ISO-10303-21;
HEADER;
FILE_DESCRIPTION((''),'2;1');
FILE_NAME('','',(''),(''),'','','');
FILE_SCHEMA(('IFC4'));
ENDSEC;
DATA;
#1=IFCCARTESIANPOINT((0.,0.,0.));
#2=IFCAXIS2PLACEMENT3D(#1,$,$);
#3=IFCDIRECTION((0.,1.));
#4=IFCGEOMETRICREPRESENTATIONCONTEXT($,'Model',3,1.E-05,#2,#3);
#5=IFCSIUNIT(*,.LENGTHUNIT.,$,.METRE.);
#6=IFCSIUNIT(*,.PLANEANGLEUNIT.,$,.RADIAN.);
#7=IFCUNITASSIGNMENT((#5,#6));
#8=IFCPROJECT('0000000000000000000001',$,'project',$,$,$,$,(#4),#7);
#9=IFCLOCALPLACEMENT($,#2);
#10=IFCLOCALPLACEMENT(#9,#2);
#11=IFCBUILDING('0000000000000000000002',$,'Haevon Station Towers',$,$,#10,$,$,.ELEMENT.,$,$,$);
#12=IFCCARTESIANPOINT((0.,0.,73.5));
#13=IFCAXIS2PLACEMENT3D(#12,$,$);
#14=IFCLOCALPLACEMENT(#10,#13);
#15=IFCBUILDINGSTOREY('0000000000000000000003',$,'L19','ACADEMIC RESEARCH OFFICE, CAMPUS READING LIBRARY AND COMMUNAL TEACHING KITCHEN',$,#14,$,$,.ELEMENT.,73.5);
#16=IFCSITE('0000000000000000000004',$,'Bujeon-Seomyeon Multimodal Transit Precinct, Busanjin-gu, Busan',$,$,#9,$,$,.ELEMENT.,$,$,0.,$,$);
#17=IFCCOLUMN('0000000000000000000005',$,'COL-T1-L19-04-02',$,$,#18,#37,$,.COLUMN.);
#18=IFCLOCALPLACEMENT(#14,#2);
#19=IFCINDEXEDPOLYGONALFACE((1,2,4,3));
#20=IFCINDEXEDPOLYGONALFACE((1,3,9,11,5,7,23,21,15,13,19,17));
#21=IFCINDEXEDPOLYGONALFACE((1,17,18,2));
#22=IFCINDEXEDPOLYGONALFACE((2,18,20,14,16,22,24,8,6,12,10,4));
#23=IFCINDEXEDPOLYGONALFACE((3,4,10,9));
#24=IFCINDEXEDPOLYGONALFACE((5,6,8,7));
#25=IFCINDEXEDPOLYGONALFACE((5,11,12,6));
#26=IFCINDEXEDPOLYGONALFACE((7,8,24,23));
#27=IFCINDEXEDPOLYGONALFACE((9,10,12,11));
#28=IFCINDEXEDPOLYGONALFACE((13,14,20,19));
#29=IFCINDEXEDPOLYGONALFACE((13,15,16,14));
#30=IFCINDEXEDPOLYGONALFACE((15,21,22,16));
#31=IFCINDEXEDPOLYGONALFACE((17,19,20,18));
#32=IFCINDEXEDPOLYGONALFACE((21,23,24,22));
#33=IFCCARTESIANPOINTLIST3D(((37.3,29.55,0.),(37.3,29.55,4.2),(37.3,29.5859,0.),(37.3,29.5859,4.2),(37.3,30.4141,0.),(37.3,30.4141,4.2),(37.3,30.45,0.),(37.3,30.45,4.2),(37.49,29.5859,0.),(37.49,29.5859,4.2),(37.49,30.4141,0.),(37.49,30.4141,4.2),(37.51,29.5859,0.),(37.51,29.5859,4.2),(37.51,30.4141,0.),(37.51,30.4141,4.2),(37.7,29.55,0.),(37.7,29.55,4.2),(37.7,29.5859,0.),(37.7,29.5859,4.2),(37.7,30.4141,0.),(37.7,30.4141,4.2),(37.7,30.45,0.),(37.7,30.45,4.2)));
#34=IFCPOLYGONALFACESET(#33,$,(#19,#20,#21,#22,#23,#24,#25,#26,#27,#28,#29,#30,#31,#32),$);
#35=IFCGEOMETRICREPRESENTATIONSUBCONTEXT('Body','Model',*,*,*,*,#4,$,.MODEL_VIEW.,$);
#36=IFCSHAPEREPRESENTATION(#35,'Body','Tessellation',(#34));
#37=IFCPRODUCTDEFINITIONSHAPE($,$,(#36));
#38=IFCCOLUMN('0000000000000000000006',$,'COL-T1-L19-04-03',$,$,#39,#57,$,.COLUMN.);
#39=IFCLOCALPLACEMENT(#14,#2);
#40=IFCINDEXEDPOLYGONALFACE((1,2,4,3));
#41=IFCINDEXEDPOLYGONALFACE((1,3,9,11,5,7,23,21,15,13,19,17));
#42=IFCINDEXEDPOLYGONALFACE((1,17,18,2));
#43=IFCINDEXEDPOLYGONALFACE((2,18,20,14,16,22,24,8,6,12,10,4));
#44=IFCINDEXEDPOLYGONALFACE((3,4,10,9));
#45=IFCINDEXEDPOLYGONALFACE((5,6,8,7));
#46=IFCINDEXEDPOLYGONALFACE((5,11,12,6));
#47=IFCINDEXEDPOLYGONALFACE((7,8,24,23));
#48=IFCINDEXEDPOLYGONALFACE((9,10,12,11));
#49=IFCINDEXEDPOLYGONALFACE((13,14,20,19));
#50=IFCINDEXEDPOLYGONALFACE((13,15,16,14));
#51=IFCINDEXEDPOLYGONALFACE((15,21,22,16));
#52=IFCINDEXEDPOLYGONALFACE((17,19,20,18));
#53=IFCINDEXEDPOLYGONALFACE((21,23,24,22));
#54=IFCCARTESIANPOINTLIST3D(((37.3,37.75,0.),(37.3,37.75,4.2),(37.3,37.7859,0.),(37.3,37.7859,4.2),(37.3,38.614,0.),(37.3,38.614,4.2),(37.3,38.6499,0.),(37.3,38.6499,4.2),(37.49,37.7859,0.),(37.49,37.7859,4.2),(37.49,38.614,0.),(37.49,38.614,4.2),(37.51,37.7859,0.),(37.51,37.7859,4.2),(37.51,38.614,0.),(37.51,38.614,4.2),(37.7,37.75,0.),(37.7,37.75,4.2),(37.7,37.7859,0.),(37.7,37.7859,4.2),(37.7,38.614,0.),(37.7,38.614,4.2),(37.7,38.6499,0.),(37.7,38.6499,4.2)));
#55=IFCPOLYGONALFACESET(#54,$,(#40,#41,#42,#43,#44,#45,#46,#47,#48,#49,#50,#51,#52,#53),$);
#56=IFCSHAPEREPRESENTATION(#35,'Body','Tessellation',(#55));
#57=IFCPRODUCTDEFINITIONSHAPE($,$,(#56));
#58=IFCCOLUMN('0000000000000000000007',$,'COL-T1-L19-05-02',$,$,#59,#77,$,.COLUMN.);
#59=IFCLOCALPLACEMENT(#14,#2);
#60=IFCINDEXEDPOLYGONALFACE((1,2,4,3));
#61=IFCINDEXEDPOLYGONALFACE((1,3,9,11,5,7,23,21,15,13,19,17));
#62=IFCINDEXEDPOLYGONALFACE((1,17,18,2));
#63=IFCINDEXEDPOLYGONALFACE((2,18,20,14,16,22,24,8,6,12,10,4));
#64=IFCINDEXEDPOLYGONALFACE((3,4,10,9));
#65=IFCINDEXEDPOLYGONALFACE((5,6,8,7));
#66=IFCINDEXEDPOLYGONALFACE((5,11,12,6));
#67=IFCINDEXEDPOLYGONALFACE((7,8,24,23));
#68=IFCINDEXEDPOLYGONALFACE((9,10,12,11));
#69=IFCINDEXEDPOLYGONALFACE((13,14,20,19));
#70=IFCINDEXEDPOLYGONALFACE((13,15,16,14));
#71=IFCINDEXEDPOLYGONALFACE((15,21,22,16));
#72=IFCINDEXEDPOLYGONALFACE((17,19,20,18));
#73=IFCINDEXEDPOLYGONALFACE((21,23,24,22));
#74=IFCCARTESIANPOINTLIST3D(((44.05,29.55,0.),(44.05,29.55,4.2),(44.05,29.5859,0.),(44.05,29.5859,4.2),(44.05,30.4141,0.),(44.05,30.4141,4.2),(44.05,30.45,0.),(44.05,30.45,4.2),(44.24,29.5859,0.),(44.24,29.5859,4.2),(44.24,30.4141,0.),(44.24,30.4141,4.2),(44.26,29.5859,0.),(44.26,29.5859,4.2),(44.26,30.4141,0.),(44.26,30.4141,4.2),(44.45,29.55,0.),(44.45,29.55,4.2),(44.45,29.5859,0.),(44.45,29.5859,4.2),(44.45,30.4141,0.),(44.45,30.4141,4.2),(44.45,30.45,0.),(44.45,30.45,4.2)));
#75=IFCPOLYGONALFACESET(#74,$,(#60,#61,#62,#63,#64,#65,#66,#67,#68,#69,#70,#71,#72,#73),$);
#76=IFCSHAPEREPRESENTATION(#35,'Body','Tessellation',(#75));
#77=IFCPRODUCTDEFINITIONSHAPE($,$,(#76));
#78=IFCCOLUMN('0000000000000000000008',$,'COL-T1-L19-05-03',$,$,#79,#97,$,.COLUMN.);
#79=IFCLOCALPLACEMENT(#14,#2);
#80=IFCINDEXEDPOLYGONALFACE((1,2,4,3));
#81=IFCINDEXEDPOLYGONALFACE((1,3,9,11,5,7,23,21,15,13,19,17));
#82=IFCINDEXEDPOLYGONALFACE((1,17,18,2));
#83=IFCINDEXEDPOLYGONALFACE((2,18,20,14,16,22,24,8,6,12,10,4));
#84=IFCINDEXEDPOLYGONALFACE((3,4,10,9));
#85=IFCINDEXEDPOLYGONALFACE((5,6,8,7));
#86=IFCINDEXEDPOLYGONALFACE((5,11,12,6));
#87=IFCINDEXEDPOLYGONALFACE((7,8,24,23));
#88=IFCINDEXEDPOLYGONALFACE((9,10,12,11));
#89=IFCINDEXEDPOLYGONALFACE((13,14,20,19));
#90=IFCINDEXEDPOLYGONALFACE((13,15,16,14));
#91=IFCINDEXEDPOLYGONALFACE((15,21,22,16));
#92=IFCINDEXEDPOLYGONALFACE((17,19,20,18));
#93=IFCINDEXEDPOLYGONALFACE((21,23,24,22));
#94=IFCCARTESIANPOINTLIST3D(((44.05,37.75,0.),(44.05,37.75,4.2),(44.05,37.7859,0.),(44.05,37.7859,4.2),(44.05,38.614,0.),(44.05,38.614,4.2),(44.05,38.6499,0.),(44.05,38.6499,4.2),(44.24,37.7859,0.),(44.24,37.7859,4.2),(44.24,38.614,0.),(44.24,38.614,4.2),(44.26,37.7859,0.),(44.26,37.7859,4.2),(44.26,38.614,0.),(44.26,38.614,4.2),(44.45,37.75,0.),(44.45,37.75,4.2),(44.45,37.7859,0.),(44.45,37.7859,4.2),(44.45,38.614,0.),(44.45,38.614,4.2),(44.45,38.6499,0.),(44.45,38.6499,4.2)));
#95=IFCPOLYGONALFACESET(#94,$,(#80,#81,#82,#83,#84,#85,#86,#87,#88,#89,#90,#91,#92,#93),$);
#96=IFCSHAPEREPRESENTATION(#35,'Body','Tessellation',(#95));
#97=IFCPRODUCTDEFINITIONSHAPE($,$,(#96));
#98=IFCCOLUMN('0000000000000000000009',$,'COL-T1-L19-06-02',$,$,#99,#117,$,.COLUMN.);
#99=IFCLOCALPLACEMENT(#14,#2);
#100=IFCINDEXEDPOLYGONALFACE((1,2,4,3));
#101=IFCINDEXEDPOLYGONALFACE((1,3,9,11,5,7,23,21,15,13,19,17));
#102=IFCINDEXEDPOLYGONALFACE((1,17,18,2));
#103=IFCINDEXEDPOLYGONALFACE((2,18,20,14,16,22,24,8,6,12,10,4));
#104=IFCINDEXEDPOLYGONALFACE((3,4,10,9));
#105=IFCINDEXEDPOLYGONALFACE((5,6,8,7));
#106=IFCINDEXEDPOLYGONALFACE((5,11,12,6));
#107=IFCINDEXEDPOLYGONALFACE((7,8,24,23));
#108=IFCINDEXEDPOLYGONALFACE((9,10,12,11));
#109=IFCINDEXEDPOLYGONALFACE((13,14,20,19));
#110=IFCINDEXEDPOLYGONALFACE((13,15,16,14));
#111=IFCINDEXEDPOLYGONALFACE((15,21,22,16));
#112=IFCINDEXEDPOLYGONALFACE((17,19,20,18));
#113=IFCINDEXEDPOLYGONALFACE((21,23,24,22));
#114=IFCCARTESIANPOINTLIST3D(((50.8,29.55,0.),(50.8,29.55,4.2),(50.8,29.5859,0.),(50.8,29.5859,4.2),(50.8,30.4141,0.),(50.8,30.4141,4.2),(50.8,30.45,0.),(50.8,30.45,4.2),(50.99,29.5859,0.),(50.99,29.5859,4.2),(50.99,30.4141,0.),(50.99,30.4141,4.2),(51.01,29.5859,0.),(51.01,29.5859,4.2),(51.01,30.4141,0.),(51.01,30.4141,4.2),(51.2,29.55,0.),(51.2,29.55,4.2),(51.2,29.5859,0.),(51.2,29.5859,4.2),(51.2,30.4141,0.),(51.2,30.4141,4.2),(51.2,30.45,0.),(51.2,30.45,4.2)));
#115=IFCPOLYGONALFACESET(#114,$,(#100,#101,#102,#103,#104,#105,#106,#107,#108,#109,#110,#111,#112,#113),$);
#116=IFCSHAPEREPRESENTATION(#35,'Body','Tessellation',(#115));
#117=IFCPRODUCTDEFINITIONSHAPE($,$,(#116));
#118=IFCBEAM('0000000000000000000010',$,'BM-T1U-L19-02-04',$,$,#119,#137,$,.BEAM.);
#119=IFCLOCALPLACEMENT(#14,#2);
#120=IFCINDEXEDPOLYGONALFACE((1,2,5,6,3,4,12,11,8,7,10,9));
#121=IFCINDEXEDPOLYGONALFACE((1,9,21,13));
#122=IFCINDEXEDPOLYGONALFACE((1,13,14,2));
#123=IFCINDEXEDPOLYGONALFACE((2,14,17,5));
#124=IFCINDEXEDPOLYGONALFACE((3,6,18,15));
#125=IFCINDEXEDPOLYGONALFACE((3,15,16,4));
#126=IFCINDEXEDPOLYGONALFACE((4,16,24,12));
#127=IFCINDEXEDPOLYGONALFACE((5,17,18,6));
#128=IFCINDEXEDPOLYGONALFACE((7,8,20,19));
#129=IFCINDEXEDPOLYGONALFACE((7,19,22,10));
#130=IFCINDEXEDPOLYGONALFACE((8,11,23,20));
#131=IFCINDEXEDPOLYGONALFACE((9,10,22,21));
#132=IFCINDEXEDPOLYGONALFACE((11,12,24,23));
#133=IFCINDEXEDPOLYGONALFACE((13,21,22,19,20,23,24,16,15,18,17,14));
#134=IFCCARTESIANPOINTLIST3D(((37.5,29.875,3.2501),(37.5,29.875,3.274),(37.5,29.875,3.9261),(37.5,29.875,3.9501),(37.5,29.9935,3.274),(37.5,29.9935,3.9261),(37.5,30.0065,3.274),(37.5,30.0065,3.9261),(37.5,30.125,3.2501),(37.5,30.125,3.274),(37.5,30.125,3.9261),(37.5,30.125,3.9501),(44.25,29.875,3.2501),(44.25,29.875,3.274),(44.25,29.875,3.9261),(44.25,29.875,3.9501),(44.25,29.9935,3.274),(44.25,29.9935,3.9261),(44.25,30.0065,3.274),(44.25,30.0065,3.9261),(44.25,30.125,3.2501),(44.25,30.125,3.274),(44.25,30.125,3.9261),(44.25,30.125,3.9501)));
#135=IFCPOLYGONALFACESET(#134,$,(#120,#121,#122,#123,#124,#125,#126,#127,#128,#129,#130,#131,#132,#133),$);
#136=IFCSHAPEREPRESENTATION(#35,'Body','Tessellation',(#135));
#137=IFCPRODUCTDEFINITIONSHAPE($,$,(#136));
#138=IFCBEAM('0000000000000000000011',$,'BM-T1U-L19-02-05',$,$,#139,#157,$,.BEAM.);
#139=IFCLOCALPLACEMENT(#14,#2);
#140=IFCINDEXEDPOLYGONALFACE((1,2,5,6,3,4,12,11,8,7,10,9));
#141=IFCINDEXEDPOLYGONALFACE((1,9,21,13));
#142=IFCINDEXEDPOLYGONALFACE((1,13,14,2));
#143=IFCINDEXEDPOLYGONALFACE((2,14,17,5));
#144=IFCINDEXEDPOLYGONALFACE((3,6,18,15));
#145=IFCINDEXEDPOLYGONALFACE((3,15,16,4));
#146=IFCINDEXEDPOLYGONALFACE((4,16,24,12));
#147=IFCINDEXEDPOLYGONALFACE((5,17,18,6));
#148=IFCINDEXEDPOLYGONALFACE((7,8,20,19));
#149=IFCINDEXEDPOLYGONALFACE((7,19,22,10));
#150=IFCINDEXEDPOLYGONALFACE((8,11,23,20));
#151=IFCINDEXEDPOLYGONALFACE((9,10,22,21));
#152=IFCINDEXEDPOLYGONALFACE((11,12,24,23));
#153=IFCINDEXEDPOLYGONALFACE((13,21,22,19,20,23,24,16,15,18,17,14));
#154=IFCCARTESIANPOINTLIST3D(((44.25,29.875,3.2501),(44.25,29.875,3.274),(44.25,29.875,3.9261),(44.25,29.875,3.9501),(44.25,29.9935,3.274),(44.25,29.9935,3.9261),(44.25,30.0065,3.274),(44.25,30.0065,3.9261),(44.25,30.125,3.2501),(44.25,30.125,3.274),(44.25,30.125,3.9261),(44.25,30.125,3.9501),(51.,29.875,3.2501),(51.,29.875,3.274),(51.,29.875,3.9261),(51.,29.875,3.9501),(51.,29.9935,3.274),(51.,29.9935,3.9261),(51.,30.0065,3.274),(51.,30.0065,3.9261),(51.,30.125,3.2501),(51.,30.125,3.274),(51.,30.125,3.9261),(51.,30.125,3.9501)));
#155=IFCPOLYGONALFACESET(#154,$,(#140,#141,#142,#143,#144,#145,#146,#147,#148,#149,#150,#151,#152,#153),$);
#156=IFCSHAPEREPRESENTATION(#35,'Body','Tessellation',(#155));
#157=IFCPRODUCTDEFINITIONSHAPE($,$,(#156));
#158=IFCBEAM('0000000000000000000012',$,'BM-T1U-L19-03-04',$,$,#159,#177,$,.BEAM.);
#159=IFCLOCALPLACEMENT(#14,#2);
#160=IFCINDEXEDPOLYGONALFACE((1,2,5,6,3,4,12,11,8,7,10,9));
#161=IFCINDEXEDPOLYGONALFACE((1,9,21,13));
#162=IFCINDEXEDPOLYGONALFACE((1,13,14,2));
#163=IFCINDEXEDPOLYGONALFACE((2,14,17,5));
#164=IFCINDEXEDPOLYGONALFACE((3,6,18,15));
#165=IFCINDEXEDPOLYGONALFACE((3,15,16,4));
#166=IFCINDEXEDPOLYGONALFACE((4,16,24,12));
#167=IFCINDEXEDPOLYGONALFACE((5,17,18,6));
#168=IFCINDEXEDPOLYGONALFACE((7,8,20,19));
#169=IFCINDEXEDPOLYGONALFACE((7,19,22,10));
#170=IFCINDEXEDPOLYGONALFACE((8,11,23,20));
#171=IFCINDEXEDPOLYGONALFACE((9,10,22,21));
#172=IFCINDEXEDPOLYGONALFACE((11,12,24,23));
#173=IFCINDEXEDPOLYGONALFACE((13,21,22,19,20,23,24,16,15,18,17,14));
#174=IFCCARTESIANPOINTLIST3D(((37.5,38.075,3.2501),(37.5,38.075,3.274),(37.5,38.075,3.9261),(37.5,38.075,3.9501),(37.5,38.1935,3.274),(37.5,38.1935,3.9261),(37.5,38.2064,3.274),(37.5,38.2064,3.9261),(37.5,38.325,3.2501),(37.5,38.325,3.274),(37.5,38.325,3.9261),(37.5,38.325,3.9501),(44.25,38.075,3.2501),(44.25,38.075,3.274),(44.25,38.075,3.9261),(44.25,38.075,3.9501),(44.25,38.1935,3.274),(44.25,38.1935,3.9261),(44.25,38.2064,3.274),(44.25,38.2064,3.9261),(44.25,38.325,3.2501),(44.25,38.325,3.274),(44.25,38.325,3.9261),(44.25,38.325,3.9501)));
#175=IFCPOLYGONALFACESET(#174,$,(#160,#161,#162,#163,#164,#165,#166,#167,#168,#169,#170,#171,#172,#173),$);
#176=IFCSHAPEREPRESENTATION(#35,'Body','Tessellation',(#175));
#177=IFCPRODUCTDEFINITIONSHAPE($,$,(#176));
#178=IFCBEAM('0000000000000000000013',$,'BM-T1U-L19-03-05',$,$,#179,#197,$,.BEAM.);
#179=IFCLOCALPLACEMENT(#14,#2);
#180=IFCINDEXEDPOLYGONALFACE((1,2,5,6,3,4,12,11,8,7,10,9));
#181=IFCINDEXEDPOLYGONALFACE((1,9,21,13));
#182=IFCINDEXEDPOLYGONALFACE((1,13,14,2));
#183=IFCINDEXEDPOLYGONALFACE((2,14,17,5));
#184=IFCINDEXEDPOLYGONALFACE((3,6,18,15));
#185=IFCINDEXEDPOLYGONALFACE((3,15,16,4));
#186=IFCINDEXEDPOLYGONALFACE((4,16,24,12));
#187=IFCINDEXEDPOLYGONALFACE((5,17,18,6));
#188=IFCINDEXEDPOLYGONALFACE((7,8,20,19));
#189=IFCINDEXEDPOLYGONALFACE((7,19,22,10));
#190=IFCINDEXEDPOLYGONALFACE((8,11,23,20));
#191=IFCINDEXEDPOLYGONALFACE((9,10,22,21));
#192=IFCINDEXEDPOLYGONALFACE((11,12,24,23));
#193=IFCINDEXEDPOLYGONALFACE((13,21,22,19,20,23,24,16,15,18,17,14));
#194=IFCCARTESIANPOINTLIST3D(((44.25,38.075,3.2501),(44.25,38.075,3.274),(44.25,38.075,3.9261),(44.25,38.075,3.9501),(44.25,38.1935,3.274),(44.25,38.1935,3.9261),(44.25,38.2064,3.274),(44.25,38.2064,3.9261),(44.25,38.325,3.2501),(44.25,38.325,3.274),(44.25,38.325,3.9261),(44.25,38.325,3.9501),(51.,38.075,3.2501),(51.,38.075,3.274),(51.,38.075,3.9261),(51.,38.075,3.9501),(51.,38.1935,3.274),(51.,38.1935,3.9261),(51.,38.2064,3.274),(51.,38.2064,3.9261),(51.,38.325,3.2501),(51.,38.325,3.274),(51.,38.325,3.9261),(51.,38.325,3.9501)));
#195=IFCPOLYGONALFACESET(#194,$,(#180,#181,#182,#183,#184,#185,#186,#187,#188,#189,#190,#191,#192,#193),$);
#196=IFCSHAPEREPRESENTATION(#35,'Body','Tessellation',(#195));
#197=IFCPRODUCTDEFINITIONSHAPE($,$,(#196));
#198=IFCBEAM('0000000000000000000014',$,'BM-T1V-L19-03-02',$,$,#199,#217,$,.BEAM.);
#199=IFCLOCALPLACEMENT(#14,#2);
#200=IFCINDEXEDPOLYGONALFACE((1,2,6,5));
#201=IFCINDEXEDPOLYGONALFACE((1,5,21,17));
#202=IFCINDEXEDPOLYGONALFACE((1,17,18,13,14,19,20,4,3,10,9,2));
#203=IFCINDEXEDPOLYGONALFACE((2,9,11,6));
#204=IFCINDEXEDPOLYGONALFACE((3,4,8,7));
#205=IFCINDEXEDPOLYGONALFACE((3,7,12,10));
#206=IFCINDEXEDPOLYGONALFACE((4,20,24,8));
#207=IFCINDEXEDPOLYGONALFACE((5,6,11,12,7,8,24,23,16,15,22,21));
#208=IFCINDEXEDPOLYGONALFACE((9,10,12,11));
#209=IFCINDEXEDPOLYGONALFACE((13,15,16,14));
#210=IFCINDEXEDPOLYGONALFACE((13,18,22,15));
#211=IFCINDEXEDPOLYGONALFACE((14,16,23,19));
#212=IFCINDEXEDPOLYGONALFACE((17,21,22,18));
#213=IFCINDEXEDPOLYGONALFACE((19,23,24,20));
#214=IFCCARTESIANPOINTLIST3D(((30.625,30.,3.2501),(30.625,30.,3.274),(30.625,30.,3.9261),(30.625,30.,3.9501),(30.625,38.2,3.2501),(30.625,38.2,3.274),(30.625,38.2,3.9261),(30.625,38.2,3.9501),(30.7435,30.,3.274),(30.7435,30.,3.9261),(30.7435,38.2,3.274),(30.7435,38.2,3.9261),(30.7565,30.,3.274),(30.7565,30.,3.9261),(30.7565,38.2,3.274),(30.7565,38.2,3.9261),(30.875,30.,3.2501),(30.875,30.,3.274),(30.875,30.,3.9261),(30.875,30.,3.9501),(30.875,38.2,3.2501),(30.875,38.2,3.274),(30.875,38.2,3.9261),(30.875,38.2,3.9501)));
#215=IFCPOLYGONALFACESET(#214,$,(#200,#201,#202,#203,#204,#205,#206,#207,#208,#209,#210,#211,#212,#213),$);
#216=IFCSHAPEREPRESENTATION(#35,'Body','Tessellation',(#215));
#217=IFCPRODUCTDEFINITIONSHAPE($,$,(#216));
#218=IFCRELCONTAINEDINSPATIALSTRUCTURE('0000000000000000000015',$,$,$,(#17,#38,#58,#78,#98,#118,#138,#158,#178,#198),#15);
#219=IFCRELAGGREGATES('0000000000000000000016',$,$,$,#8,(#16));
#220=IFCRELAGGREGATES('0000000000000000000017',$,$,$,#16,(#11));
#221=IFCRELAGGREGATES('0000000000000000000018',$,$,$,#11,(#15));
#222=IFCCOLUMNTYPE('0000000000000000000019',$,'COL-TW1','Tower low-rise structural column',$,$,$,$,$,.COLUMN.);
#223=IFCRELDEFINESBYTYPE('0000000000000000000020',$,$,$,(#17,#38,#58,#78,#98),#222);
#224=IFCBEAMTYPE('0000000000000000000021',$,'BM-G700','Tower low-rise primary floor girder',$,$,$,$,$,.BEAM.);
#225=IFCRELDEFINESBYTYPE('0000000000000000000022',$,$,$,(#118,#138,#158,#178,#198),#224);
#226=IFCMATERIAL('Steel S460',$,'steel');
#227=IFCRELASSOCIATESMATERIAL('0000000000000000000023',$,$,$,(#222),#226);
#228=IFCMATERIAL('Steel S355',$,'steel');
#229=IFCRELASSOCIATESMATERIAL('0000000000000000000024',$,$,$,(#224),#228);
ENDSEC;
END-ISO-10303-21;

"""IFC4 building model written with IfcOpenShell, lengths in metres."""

from ifc_helpers import new_model, si_unit, direction, frame, origin, origin_2d, place, context, subcontext, project, spatial, i_section, extrude, material, material_profile, profile_set, type_object, element, save


model = new_model("IFC4")

# Units and contexts
model_context = context("Model", 3, precision=1e-05, world=origin(), true_north=direction((0.0, 1.0)))
body_context = subcontext(model_context, "Body", "Model", "MODEL_VIEW")
ifc_project = project(units=[si_unit("LENGTHUNIT", "METRE"), si_unit("PLANEANGLEUNIT", "RADIAN")], contexts=[model_context])

# Site, building, storey
site_placement = place(None, origin())
site = spatial("IfcSite", under=ifc_project, at=site_placement, Name="Bujeon-Seomyeon Multimodal Transit Precinct, Busanjin-gu, Busan", CompositionType="ELEMENT", RefElevation=0.0)
building_placement = place(site_placement, origin())
building = spatial("IfcBuilding", under=site, at=building_placement, Name="Haevon Station Towers", CompositionType="ELEMENT")
storey_placement = place(building_placement, frame((0.0, 0.0, 73.5)))
storey = spatial("IfcBuildingStorey", under=building, at=storey_placement, Name="L19", Description="ACADEMIC RESEARCH OFFICE, CAMPUS READING LIBRARY AND COMMUNAL TEACHING KITCHEN", CompositionType="ELEMENT", Elevation=73.5)

# Columns
ifc_material_1 = material(Name="Steel S460", Category="steel")
ifc_material_profile_1 = material_profile(ifc_material_1, i_section(OverallWidth=0.3999, OverallDepth=0.8999, WebThickness=0.02, FlangeThickness=0.0359, at=origin_2d()), Name="H-900x400x20x36")
ifc_profile_set_1 = profile_set([ifc_material_profile_1], Name="Steel S460")
column_type = type_object("IfcColumnType", Name="COL-TW1", Description="Tower low-rise structural column", PredefinedType="COLUMN", material=ifc_profile_set_1)
for number, where, z_axis, x_axis, name in (
    (1, (37.5, 30.0, 0.0), (0.0, 0.0, 1.0), (1.0, 0.0, 0.0), "COL-T1-L19-04-02"),
    (2, (37.5, 38.2, 0.0), (0.0, 0.0, 1.0), (1.0, 0.0, 0.0), "COL-T1-L19-04-03"),
    (3, (44.25, 30.0, 0.0), (0.0, 0.0, 1.0), (1.0, 0.0, 0.0), "COL-T1-L19-05-02"),
    (4, (44.25, 38.2, 0.0), (0.0, 0.0, 1.0), (1.0, 0.0, 0.0), "COL-T1-L19-05-03"),
    (5, (51.0, 30.0, 0.0), (0.0, 0.0, 1.0), (1.0, 0.0, 0.0), "COL-T1-L19-06-02"),
):
    element("IfcColumn", number, at=place(storey_placement, frame(where, z_axis=z_axis, x_axis=x_axis)), inside=storey, type_object=column_type, Name=name, PredefinedType="COLUMN", context=body_context, shape_type="SweptSolid", body=[
        extrude(i_section(OverallWidth=0.3999, OverallDepth=0.8999, WebThickness=0.02, FlangeThickness=0.0359, at=origin_2d()), origin(), (0.0, 0.0, 1.0), 4.2),
    ])

# Beams
ifc_material_2 = material(Name="Steel S355", Category="steel")
ifc_material_profile_2 = material_profile(ifc_material_2, i_section(OverallWidth=0.25, OverallDepth=0.7, WebThickness=0.0129, FlangeThickness=0.0239, at=origin_2d()), Name="H-700x250x13x24")
ifc_profile_set_2 = profile_set([ifc_material_profile_2], Name="Steel S355")
beam_type_1 = type_object("IfcBeamType", Name="BM-G700", Description="Tower low-rise primary floor girder", PredefinedType="BEAM", material=ifc_profile_set_2)
for number, where, z_axis, x_axis, name in (
    (6, (37.5, 30.0, 3.6001), (1.0, 0.0, 0.0), (0.0, 1.0, 0.0), "BM-T1U-L19-02-04"),
    (7, (44.25, 30.0, 3.6001), (1.0, 0.0, 0.0), (0.0, 1.0, 0.0), "BM-T1U-L19-02-05"),
    (8, (37.5, 38.2, 3.6001), (1.0, 0.0, 0.0), (0.0, 1.0, 0.0), "BM-T1U-L19-03-04"),
    (9, (44.25, 38.2, 3.6001), (1.0, 0.0, 0.0), (0.0, 1.0, 0.0), "BM-T1U-L19-03-05"),
):
    element("IfcBeam", number, at=place(storey_placement, frame(where, z_axis=z_axis, x_axis=x_axis)), inside=storey, type_object=beam_type_1, Name=name, PredefinedType="BEAM", context=body_context, shape_type="SweptSolid", body=[
        extrude(i_section(OverallWidth=0.25, OverallDepth=0.7, WebThickness=0.0129, FlangeThickness=0.0239, at=origin_2d()), origin(), (0.0, 0.0, 1.0), 6.75),
    ])
beam_1_placement = place(storey_placement, frame((30.75, 30.0, 3.6001), z_axis=(0.0, 1.0, 0.0), x_axis=(-1.0, 0.0, 0.0)))
element("IfcBeam", 10, at=beam_1_placement, inside=storey, type_object=beam_type_1, Name="BM-T1V-L19-03-02", PredefinedType="BEAM", context=body_context, shape_type="SweptSolid", body=[
    extrude(i_section(OverallWidth=0.25, OverallDepth=0.7, WebThickness=0.0129, FlangeThickness=0.0239, at=origin_2d()), origin(), (0.0, 0.0, 1.0), 8.2),
])

save(model, "model.ifc")
